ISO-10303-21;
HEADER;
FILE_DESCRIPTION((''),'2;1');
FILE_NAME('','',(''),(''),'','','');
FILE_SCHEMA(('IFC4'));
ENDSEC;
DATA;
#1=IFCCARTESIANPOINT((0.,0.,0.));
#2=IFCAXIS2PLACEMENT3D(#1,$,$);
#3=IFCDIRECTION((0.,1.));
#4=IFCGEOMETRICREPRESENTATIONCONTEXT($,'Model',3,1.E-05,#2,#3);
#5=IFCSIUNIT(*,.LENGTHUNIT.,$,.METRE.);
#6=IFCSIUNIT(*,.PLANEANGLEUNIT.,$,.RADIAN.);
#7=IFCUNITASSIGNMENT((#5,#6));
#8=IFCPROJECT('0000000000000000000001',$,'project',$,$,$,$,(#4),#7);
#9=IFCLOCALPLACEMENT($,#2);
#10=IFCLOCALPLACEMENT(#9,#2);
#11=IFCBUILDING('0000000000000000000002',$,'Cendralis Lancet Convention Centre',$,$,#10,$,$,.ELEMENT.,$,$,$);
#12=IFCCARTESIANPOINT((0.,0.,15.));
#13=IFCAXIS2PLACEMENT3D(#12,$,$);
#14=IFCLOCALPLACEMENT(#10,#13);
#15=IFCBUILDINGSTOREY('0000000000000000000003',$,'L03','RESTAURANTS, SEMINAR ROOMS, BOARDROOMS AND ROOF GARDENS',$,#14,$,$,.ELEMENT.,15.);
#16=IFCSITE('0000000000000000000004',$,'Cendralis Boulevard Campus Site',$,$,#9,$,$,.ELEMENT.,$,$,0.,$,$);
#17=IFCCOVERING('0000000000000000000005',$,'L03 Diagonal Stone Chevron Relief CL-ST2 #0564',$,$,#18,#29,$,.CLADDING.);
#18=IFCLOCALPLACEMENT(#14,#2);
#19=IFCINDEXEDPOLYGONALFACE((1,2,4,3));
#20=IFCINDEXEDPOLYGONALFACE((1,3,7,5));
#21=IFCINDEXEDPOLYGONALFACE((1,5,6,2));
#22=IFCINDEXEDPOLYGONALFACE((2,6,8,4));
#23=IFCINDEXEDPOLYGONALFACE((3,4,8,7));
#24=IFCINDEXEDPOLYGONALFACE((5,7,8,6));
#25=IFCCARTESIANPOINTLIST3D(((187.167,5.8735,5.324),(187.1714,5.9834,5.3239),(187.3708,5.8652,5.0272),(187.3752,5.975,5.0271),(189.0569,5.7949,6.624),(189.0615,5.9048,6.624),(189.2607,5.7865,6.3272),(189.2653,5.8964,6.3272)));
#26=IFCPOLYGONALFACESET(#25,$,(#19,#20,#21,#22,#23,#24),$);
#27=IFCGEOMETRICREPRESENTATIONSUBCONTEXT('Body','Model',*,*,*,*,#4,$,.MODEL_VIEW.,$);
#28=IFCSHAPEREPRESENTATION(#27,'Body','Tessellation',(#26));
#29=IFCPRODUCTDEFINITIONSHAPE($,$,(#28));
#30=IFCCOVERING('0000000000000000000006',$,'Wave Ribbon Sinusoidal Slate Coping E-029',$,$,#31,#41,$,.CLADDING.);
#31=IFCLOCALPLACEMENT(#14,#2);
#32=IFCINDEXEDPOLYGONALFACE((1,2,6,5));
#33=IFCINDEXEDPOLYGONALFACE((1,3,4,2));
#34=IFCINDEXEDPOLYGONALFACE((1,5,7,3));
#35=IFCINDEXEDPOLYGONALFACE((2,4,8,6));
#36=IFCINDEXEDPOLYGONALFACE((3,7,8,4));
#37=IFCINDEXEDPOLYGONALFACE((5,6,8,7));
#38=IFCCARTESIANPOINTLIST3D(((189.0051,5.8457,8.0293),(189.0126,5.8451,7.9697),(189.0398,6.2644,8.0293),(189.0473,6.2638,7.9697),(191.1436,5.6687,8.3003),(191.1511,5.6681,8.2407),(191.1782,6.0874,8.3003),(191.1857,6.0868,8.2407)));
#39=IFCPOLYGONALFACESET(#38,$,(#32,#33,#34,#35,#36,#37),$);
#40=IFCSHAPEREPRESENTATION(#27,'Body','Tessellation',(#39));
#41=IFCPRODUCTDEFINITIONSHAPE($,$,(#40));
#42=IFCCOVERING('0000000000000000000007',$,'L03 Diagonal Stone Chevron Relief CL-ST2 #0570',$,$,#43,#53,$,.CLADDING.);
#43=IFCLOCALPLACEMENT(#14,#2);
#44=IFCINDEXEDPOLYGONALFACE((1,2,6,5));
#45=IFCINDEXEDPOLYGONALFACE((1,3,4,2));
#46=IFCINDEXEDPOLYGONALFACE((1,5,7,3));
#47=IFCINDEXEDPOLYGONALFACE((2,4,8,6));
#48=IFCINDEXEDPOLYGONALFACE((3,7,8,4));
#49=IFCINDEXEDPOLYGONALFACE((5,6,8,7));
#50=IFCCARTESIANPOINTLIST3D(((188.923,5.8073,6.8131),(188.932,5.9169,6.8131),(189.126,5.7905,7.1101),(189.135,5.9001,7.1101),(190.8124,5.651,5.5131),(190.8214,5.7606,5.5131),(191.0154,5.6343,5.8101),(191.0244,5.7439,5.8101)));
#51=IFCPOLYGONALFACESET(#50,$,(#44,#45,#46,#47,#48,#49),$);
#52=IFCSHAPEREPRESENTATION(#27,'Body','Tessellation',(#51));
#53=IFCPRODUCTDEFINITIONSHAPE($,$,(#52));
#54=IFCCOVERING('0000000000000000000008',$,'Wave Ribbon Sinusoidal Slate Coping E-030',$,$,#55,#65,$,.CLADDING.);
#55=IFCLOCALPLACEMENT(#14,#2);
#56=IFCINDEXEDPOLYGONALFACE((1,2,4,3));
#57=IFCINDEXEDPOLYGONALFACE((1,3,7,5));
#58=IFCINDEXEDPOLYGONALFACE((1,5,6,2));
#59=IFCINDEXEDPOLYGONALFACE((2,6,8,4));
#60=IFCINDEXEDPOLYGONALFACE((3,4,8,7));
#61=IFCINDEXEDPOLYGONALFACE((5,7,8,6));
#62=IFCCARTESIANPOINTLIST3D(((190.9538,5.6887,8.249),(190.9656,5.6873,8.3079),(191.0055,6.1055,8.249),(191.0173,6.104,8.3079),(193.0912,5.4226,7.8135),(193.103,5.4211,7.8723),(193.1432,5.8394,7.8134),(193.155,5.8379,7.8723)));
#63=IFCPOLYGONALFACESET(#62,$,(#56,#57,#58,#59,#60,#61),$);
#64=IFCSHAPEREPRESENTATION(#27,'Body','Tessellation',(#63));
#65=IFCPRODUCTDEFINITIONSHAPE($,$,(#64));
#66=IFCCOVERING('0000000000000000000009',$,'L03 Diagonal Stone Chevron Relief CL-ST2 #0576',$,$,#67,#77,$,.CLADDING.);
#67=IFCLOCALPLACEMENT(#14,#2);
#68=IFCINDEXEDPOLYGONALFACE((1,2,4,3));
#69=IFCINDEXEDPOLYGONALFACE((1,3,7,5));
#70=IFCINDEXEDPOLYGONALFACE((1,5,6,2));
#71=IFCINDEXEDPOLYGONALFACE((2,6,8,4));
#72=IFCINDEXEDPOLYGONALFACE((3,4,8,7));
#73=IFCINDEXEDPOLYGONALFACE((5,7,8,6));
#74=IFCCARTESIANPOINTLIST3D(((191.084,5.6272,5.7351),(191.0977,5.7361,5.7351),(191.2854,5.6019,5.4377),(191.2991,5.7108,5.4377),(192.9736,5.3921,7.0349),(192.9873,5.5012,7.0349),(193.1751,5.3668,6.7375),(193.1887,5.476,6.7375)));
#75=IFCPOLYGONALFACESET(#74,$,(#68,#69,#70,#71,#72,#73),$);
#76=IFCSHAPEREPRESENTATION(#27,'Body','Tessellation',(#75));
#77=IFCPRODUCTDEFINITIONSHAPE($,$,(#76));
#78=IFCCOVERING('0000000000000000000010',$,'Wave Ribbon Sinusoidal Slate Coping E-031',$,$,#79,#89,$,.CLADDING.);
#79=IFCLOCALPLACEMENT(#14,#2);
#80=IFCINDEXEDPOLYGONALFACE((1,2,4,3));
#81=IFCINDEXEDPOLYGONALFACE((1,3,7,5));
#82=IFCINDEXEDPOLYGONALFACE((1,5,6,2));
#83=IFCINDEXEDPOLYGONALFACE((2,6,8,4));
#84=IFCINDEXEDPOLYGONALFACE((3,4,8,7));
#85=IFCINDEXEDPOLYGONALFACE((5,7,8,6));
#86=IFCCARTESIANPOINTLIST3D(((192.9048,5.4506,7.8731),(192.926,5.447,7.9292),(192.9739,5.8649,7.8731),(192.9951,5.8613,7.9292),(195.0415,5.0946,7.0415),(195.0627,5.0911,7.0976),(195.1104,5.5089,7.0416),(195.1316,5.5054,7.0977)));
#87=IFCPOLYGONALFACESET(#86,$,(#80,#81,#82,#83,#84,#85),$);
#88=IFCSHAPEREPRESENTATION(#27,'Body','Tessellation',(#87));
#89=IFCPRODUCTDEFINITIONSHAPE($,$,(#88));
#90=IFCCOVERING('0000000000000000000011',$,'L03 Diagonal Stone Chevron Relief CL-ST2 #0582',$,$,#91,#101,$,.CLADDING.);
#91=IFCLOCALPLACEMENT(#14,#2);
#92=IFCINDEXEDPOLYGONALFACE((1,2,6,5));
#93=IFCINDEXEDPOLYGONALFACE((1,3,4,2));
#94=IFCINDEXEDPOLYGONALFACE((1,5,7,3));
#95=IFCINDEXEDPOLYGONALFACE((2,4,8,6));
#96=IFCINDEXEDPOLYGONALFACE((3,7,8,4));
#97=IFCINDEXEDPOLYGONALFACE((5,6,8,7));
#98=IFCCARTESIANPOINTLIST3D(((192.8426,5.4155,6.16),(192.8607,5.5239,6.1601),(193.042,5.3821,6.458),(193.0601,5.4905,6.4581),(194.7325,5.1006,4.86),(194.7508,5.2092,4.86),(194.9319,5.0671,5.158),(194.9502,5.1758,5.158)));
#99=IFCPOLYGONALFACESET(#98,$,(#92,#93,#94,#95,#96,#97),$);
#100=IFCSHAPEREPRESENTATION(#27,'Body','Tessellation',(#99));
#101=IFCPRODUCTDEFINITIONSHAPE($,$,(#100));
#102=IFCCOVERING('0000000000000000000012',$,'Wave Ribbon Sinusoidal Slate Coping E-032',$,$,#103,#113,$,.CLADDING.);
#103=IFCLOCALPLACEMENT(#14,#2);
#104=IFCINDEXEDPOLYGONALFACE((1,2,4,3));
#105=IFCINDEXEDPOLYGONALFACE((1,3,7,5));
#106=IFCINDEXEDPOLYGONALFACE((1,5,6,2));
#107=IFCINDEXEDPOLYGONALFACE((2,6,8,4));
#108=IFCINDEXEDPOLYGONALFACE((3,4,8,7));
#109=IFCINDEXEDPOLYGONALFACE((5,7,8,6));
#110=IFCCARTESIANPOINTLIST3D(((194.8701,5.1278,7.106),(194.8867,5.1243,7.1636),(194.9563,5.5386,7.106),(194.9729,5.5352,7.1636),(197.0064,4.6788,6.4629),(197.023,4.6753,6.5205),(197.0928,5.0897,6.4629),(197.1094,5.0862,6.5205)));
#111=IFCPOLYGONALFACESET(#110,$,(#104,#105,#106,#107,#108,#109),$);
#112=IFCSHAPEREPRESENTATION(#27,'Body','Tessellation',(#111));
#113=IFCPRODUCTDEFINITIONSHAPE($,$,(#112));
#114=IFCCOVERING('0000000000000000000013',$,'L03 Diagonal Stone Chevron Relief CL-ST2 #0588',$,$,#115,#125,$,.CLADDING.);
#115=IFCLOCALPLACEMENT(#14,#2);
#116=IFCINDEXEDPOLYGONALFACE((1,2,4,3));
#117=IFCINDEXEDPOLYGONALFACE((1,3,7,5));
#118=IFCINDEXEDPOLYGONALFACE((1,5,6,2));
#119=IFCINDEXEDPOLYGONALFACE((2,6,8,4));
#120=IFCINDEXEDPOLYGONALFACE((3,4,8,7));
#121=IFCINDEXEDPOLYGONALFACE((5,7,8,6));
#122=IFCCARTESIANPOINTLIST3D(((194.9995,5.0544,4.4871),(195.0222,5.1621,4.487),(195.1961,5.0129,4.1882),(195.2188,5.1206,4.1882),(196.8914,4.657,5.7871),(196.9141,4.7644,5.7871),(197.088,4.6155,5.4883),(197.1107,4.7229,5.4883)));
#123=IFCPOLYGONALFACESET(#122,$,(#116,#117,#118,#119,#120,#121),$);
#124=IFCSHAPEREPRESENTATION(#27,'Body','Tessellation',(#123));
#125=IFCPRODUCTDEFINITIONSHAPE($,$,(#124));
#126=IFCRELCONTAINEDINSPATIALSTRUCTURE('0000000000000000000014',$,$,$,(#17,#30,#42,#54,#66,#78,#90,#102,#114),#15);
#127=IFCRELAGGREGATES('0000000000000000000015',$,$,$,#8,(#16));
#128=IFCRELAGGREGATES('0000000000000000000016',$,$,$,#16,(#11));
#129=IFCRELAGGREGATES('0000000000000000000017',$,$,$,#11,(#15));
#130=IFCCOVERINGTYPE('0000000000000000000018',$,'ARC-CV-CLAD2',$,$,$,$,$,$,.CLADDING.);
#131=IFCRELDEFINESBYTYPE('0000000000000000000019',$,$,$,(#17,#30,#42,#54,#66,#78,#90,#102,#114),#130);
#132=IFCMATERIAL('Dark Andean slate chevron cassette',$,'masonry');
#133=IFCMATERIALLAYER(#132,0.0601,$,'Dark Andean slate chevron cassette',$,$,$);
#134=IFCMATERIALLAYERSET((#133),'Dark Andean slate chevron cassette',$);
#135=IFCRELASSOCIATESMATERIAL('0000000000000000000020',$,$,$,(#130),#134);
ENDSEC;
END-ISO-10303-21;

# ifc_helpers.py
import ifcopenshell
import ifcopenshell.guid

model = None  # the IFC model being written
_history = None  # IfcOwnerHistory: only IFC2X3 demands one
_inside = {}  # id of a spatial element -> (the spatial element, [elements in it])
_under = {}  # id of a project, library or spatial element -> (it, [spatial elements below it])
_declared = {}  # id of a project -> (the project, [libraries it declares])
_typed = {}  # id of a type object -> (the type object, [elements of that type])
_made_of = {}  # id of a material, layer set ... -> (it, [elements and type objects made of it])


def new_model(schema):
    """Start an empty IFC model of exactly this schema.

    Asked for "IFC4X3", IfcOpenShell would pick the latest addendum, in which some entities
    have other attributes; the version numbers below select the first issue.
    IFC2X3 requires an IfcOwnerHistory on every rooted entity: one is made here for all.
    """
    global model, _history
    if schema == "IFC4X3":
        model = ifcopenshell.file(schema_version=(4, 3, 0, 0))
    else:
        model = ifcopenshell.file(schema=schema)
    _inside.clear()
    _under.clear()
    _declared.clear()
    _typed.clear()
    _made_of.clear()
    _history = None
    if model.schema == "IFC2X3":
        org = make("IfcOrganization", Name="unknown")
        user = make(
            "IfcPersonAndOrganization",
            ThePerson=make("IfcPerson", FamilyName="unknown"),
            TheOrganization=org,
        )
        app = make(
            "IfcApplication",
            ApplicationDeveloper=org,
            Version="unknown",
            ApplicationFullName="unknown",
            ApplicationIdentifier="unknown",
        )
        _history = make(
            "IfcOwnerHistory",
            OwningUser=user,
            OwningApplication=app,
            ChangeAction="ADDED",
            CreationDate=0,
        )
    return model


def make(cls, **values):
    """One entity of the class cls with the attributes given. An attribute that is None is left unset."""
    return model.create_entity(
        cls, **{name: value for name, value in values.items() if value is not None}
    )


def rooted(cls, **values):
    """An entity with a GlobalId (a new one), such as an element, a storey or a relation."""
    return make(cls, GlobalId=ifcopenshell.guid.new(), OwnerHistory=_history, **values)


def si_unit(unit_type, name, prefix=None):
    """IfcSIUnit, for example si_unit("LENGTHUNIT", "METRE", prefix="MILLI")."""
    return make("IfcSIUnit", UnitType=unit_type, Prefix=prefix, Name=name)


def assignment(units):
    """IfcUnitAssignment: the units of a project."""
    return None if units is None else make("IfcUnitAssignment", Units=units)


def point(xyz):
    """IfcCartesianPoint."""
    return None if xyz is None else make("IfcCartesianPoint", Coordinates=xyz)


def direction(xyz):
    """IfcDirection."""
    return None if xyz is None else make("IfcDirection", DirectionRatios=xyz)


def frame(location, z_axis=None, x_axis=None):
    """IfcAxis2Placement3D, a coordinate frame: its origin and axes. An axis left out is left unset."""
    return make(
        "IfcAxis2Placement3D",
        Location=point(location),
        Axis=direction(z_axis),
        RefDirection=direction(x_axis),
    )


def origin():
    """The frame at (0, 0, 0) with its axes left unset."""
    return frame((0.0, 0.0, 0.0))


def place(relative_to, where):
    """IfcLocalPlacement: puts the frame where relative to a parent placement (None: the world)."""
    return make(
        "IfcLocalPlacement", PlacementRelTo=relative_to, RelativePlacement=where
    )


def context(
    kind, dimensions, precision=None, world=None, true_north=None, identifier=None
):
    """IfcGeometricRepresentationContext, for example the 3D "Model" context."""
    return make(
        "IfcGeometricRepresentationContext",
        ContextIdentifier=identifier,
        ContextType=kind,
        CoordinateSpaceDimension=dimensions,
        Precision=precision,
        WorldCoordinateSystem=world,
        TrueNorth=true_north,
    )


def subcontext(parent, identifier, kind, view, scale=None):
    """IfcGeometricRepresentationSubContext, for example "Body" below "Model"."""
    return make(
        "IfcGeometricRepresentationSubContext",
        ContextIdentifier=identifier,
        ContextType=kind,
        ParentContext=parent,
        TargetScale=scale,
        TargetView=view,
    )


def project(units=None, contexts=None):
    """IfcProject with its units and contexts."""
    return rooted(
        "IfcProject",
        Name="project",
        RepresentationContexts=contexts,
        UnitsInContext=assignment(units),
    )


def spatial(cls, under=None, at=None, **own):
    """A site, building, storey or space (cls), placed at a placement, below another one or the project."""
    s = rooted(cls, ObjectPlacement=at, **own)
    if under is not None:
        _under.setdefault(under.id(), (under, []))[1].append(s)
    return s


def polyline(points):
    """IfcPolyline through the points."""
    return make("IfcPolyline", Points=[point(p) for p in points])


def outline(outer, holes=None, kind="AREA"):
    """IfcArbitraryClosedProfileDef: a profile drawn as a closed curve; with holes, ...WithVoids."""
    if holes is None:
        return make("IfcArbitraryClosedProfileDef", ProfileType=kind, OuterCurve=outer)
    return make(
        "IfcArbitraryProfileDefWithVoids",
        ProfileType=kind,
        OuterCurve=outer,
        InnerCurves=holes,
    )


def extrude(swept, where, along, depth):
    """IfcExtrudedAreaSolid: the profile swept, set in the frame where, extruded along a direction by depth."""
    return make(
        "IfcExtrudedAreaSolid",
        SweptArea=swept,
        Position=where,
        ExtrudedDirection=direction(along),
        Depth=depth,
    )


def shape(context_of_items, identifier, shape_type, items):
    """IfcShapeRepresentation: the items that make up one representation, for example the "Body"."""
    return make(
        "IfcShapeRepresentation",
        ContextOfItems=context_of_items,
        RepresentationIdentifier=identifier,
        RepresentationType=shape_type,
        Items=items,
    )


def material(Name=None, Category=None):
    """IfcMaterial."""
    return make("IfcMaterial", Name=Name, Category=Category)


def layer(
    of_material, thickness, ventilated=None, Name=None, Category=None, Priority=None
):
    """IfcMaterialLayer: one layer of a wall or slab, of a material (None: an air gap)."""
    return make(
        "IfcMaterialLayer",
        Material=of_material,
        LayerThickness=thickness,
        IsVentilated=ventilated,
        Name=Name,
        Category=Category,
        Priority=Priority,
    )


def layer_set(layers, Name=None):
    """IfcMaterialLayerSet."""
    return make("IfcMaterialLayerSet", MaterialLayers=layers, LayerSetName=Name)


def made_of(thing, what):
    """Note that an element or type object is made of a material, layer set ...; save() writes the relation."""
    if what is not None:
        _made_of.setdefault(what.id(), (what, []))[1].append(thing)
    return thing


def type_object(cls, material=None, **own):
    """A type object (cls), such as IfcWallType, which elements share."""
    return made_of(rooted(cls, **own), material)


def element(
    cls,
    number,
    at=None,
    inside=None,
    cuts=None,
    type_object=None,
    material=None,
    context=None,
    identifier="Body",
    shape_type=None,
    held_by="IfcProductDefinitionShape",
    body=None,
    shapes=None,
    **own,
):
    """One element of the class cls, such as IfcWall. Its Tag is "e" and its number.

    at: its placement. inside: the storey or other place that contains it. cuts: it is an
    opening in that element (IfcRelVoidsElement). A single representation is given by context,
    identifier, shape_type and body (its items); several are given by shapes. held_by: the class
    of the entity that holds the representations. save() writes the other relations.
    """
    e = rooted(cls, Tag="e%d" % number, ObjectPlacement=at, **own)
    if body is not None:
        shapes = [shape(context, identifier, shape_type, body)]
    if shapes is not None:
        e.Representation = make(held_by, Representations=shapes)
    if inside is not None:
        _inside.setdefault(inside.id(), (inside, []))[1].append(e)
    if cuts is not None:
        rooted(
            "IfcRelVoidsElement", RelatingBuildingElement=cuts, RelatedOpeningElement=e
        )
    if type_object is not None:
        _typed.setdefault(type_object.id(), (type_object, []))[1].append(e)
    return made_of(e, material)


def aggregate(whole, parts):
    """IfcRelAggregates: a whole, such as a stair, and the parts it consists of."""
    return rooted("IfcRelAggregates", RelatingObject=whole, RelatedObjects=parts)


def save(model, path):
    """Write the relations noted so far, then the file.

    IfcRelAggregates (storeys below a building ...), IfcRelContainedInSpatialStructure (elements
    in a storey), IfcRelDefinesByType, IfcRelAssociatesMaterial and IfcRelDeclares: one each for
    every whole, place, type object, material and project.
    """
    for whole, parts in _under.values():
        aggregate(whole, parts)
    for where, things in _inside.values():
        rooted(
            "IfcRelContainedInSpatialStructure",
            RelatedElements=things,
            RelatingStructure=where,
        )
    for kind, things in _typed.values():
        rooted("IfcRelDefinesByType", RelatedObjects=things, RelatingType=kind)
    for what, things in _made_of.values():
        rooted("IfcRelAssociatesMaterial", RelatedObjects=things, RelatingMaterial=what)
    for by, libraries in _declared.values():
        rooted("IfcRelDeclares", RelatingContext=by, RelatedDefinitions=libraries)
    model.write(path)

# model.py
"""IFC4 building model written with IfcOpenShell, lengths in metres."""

from ifc_helpers import new_model, si_unit, direction, frame, origin, place, context, subcontext, project, spatial, polyline, outline, extrude, material, layer, layer_set, type_object, element, save


model = new_model("IFC4")

# Units and contexts
model_context = context("Model", 3, precision=1e-05, world=origin(), true_north=direction((0.0, 1.0)))
body_context = subcontext(model_context, "Body", "Model", "MODEL_VIEW")
ifc_project = project(units=[si_unit("LENGTHUNIT", "METRE"), si_unit("PLANEANGLEUNIT", "RADIAN")], contexts=[model_context])

# Site, building, storey
site_placement = place(None, origin())
site = spatial("IfcSite", under=ifc_project, at=site_placement, Name="Cendralis Boulevard Campus Site", CompositionType="ELEMENT", RefElevation=0.0)
building_placement = place(site_placement, origin())
building = spatial("IfcBuilding", under=site, at=building_placement, Name="Cendralis Lancet Convention Centre", CompositionType="ELEMENT")
storey_placement = place(building_placement, frame((0.0, 0.0, 15.0)))
storey = spatial("IfcBuildingStorey", under=building, at=storey_placement, Name="L03", Description="RESTAURANTS, SEMINAR ROOMS, BOARDROOMS AND ROOF GARDENS", CompositionType="ELEMENT", Elevation=15.0)

# Shared definitions
ifc_material_1 = material(Name="Dark Andean slate chevron cassette", Category="masonry")

# Coverings
ifc_layer_1 = layer(ifc_material_1, 0.0601, Name="Dark Andean slate chevron cassette")
ifc_layer_set_1 = layer_set([ifc_layer_1], Name="Dark Andean slate chevron cassette")
covering_type_1 = type_object("IfcCoveringType", Name="ARC-CV-CLAD2", PredefinedType="CLADDING", material=ifc_layer_set_1)
covering_1_placement = place(storey_placement, frame((187.167, 5.8735, 5.324), z_axis=(-0.565915, 0.023265, 0.824135), x_axis=(0.823423, -0.034252, 0.566393)))
element("IfcCovering", 1, at=covering_1_placement, inside=storey, type_object=covering_type_1, Name="L03 Diagonal Stone Chevron Relief CL-ST2 #0564", PredefinedType="CLADDING", context=body_context, shape_type="SweptSolid", body=[
    extrude(outline(polyline([(0.0, 0.0), (2.2952, 0.0), (2.2953, 0.11), (-0.0001, 0.11), (0.0, 0.0)])), origin(), (0.0, 0.0, -1.0), 0.3601),
])
covering_2_placement = place(storey_placement, frame((189.0051, 5.8457, 8.0293), z_axis=(-0.124872, 0.010339, 0.992119), x_axis=(0.988738, -0.08184, 0.1253)))
element("IfcCovering", 2, at=covering_2_placement, inside=storey, type_object=covering_type_1, Name="Wave Ribbon Sinusoidal Slate Coping E-029", PredefinedType="CLADDING", context=body_context, shape_type="SweptSolid", body=[
    extrude(outline(polyline([(0.0, 0.0), (2.1628, 0.0), (2.1628, 0.4201), (0.0, 0.4201), (0.0, 0.0)])), origin(), (0.0, 0.0, -1.0), 0.0601),
])
covering_3_placement = place(storey_placement, frame((189.126, 5.7905, 7.1101), z_axis=(0.563628, -0.046446, 0.824722), x_axis=(0.821916, -0.067971, -0.565539)))
element("IfcCovering", 3, at=covering_3_placement, inside=storey, type_object=covering_type_1, Name="L03 Diagonal Stone Chevron Relief CL-ST2 #0570", PredefinedType="CLADDING", context=body_context, shape_type="SweptSolid", body=[
    extrude(outline(polyline([(0.0, 0.0), (2.2988, 0.0), (2.2988, 0.11), (0.0, 0.11), (0.0, 0.0)])), origin(), (0.0, 0.0, -1.0), 0.3601),
])
covering_4_placement = place(storey_placement, frame((190.9656, 5.6873, 8.3079), z_axis=(0.196668, -0.024483, 0.980164), x_axis=(0.972655, -0.121096, -0.198186)))
element("IfcCovering", 4, at=covering_4_placement, inside=storey, type_object=covering_type_1, Name="Wave Ribbon Sinusoidal Slate Coping E-030", PredefinedType="CLADDING", context=body_context, shape_type="SweptSolid", body=[
    extrude(outline(polyline([(0.0, 0.0), (2.1975, 0.0), (2.1977, 0.42), (-0.0001, 0.4199), (0.0, 0.0)])), origin(), (0.0, 0.0, -1.0), 0.0601),
])
covering_5_placement = place(storey_placement, frame((191.084, 5.6272, 5.7351), z_axis=(-0.559394, 0.070159, 0.825927), x_axis=(0.819608, -0.101974, 0.563776)))
element("IfcCovering", 5, at=covering_5_placement, inside=storey, type_object=covering_type_1, Name="L03 Diagonal Stone Chevron Relief CL-ST2 #0576", PredefinedType="CLADDING", context=body_context, shape_type="SweptSolid", body=[
    extrude(outline(polyline([(0.0, 0.0), (2.3055, 0.0), (2.3056, 0.11), (0.0001, 0.1097), (0.0, 0.0)])), origin(), (0.0, 0.0, -1.0), 0.3601),
])
covering_6_placement = place(storey_placement, frame((192.926, 5.447, 7.9292), z_axis=(0.353531, -0.058852, 0.933569), x_axis=(0.920879, -0.15341, -0.358397)))
element("IfcCovering", 6, at=covering_6_placement, inside=storey, type_object=covering_type_1, Name="Wave Ribbon Sinusoidal Slate Coping E-031", PredefinedType="CLADDING", context=body_context, shape_type="SweptSolid", body=[
    extrude(outline(polyline([(0.0, 0.0), (2.3203, 0.0), (2.3201, 0.42), (0.0001, 0.42), (0.0, 0.0)])), origin(), (0.0, 0.0, -1.0), 0.0601),
])
covering_7_placement = place(storey_placement, frame((193.042, 5.3821, 6.458), z_axis=(0.553739, -0.092809, 0.827502), x_axis=(0.816246, -0.136023, -0.561463)))
element("IfcCovering", 7, at=covering_7_placement, inside=storey, type_object=covering_type_1, Name="L03 Diagonal Stone Chevron Relief CL-ST2 #0582", PredefinedType="CLADDING", context=body_context, shape_type="SweptSolid", body=[
    extrude(outline(polyline([(0.0, 0.0), (2.3154, 0.0), (2.3156, 0.1102), (0.0, 0.1099), (0.0, 0.0)])), origin(), (0.0, 0.0, -1.0), 0.3601),
])
covering_8_placement = place(storey_placement, frame((194.8867, 5.1243, 7.1636), z_axis=(0.276537, -0.058084, 0.959246), x_axis=(0.938737, -0.197296, -0.282571)))
element("IfcCovering", 8, at=covering_8_placement, inside=storey, type_object=covering_type_1, Name="Wave Ribbon Sinusoidal Slate Coping E-032", PredefinedType="CLADDING", context=body_context, shape_type="SweptSolid", body=[
    extrude(outline(polyline([(0.0, 0.0), (2.2757, 0.0), (2.2757, 0.4199), (-0.0002, 0.4198), (0.0, 0.0)])), origin(), (0.0, 0.0, -1.0), 0.0601),
])
covering_9_placement = place(storey_placement, frame((194.9995, 5.0544, 4.4871), z_axis=(-0.546008, 0.115275, 0.829811), x_axis=(0.812083, -0.170612, 0.558044)))
element("IfcCovering", 9, at=covering_9_placement, inside=storey, type_object=covering_type_1, Name="L03 Diagonal Stone Chevron Relief CL-ST2 #0588", PredefinedType="CLADDING", context=body_context, shape_type="SweptSolid", body=[
    extrude(outline(polyline([(0.0, 0.0), (2.3296, 0.0), (2.3297, 0.1098), (0.0001, 0.11), (0.0, 0.0)])), origin(), (0.0, 0.0, -1.0), 0.3601),
])

save(model, "model.ifc")
